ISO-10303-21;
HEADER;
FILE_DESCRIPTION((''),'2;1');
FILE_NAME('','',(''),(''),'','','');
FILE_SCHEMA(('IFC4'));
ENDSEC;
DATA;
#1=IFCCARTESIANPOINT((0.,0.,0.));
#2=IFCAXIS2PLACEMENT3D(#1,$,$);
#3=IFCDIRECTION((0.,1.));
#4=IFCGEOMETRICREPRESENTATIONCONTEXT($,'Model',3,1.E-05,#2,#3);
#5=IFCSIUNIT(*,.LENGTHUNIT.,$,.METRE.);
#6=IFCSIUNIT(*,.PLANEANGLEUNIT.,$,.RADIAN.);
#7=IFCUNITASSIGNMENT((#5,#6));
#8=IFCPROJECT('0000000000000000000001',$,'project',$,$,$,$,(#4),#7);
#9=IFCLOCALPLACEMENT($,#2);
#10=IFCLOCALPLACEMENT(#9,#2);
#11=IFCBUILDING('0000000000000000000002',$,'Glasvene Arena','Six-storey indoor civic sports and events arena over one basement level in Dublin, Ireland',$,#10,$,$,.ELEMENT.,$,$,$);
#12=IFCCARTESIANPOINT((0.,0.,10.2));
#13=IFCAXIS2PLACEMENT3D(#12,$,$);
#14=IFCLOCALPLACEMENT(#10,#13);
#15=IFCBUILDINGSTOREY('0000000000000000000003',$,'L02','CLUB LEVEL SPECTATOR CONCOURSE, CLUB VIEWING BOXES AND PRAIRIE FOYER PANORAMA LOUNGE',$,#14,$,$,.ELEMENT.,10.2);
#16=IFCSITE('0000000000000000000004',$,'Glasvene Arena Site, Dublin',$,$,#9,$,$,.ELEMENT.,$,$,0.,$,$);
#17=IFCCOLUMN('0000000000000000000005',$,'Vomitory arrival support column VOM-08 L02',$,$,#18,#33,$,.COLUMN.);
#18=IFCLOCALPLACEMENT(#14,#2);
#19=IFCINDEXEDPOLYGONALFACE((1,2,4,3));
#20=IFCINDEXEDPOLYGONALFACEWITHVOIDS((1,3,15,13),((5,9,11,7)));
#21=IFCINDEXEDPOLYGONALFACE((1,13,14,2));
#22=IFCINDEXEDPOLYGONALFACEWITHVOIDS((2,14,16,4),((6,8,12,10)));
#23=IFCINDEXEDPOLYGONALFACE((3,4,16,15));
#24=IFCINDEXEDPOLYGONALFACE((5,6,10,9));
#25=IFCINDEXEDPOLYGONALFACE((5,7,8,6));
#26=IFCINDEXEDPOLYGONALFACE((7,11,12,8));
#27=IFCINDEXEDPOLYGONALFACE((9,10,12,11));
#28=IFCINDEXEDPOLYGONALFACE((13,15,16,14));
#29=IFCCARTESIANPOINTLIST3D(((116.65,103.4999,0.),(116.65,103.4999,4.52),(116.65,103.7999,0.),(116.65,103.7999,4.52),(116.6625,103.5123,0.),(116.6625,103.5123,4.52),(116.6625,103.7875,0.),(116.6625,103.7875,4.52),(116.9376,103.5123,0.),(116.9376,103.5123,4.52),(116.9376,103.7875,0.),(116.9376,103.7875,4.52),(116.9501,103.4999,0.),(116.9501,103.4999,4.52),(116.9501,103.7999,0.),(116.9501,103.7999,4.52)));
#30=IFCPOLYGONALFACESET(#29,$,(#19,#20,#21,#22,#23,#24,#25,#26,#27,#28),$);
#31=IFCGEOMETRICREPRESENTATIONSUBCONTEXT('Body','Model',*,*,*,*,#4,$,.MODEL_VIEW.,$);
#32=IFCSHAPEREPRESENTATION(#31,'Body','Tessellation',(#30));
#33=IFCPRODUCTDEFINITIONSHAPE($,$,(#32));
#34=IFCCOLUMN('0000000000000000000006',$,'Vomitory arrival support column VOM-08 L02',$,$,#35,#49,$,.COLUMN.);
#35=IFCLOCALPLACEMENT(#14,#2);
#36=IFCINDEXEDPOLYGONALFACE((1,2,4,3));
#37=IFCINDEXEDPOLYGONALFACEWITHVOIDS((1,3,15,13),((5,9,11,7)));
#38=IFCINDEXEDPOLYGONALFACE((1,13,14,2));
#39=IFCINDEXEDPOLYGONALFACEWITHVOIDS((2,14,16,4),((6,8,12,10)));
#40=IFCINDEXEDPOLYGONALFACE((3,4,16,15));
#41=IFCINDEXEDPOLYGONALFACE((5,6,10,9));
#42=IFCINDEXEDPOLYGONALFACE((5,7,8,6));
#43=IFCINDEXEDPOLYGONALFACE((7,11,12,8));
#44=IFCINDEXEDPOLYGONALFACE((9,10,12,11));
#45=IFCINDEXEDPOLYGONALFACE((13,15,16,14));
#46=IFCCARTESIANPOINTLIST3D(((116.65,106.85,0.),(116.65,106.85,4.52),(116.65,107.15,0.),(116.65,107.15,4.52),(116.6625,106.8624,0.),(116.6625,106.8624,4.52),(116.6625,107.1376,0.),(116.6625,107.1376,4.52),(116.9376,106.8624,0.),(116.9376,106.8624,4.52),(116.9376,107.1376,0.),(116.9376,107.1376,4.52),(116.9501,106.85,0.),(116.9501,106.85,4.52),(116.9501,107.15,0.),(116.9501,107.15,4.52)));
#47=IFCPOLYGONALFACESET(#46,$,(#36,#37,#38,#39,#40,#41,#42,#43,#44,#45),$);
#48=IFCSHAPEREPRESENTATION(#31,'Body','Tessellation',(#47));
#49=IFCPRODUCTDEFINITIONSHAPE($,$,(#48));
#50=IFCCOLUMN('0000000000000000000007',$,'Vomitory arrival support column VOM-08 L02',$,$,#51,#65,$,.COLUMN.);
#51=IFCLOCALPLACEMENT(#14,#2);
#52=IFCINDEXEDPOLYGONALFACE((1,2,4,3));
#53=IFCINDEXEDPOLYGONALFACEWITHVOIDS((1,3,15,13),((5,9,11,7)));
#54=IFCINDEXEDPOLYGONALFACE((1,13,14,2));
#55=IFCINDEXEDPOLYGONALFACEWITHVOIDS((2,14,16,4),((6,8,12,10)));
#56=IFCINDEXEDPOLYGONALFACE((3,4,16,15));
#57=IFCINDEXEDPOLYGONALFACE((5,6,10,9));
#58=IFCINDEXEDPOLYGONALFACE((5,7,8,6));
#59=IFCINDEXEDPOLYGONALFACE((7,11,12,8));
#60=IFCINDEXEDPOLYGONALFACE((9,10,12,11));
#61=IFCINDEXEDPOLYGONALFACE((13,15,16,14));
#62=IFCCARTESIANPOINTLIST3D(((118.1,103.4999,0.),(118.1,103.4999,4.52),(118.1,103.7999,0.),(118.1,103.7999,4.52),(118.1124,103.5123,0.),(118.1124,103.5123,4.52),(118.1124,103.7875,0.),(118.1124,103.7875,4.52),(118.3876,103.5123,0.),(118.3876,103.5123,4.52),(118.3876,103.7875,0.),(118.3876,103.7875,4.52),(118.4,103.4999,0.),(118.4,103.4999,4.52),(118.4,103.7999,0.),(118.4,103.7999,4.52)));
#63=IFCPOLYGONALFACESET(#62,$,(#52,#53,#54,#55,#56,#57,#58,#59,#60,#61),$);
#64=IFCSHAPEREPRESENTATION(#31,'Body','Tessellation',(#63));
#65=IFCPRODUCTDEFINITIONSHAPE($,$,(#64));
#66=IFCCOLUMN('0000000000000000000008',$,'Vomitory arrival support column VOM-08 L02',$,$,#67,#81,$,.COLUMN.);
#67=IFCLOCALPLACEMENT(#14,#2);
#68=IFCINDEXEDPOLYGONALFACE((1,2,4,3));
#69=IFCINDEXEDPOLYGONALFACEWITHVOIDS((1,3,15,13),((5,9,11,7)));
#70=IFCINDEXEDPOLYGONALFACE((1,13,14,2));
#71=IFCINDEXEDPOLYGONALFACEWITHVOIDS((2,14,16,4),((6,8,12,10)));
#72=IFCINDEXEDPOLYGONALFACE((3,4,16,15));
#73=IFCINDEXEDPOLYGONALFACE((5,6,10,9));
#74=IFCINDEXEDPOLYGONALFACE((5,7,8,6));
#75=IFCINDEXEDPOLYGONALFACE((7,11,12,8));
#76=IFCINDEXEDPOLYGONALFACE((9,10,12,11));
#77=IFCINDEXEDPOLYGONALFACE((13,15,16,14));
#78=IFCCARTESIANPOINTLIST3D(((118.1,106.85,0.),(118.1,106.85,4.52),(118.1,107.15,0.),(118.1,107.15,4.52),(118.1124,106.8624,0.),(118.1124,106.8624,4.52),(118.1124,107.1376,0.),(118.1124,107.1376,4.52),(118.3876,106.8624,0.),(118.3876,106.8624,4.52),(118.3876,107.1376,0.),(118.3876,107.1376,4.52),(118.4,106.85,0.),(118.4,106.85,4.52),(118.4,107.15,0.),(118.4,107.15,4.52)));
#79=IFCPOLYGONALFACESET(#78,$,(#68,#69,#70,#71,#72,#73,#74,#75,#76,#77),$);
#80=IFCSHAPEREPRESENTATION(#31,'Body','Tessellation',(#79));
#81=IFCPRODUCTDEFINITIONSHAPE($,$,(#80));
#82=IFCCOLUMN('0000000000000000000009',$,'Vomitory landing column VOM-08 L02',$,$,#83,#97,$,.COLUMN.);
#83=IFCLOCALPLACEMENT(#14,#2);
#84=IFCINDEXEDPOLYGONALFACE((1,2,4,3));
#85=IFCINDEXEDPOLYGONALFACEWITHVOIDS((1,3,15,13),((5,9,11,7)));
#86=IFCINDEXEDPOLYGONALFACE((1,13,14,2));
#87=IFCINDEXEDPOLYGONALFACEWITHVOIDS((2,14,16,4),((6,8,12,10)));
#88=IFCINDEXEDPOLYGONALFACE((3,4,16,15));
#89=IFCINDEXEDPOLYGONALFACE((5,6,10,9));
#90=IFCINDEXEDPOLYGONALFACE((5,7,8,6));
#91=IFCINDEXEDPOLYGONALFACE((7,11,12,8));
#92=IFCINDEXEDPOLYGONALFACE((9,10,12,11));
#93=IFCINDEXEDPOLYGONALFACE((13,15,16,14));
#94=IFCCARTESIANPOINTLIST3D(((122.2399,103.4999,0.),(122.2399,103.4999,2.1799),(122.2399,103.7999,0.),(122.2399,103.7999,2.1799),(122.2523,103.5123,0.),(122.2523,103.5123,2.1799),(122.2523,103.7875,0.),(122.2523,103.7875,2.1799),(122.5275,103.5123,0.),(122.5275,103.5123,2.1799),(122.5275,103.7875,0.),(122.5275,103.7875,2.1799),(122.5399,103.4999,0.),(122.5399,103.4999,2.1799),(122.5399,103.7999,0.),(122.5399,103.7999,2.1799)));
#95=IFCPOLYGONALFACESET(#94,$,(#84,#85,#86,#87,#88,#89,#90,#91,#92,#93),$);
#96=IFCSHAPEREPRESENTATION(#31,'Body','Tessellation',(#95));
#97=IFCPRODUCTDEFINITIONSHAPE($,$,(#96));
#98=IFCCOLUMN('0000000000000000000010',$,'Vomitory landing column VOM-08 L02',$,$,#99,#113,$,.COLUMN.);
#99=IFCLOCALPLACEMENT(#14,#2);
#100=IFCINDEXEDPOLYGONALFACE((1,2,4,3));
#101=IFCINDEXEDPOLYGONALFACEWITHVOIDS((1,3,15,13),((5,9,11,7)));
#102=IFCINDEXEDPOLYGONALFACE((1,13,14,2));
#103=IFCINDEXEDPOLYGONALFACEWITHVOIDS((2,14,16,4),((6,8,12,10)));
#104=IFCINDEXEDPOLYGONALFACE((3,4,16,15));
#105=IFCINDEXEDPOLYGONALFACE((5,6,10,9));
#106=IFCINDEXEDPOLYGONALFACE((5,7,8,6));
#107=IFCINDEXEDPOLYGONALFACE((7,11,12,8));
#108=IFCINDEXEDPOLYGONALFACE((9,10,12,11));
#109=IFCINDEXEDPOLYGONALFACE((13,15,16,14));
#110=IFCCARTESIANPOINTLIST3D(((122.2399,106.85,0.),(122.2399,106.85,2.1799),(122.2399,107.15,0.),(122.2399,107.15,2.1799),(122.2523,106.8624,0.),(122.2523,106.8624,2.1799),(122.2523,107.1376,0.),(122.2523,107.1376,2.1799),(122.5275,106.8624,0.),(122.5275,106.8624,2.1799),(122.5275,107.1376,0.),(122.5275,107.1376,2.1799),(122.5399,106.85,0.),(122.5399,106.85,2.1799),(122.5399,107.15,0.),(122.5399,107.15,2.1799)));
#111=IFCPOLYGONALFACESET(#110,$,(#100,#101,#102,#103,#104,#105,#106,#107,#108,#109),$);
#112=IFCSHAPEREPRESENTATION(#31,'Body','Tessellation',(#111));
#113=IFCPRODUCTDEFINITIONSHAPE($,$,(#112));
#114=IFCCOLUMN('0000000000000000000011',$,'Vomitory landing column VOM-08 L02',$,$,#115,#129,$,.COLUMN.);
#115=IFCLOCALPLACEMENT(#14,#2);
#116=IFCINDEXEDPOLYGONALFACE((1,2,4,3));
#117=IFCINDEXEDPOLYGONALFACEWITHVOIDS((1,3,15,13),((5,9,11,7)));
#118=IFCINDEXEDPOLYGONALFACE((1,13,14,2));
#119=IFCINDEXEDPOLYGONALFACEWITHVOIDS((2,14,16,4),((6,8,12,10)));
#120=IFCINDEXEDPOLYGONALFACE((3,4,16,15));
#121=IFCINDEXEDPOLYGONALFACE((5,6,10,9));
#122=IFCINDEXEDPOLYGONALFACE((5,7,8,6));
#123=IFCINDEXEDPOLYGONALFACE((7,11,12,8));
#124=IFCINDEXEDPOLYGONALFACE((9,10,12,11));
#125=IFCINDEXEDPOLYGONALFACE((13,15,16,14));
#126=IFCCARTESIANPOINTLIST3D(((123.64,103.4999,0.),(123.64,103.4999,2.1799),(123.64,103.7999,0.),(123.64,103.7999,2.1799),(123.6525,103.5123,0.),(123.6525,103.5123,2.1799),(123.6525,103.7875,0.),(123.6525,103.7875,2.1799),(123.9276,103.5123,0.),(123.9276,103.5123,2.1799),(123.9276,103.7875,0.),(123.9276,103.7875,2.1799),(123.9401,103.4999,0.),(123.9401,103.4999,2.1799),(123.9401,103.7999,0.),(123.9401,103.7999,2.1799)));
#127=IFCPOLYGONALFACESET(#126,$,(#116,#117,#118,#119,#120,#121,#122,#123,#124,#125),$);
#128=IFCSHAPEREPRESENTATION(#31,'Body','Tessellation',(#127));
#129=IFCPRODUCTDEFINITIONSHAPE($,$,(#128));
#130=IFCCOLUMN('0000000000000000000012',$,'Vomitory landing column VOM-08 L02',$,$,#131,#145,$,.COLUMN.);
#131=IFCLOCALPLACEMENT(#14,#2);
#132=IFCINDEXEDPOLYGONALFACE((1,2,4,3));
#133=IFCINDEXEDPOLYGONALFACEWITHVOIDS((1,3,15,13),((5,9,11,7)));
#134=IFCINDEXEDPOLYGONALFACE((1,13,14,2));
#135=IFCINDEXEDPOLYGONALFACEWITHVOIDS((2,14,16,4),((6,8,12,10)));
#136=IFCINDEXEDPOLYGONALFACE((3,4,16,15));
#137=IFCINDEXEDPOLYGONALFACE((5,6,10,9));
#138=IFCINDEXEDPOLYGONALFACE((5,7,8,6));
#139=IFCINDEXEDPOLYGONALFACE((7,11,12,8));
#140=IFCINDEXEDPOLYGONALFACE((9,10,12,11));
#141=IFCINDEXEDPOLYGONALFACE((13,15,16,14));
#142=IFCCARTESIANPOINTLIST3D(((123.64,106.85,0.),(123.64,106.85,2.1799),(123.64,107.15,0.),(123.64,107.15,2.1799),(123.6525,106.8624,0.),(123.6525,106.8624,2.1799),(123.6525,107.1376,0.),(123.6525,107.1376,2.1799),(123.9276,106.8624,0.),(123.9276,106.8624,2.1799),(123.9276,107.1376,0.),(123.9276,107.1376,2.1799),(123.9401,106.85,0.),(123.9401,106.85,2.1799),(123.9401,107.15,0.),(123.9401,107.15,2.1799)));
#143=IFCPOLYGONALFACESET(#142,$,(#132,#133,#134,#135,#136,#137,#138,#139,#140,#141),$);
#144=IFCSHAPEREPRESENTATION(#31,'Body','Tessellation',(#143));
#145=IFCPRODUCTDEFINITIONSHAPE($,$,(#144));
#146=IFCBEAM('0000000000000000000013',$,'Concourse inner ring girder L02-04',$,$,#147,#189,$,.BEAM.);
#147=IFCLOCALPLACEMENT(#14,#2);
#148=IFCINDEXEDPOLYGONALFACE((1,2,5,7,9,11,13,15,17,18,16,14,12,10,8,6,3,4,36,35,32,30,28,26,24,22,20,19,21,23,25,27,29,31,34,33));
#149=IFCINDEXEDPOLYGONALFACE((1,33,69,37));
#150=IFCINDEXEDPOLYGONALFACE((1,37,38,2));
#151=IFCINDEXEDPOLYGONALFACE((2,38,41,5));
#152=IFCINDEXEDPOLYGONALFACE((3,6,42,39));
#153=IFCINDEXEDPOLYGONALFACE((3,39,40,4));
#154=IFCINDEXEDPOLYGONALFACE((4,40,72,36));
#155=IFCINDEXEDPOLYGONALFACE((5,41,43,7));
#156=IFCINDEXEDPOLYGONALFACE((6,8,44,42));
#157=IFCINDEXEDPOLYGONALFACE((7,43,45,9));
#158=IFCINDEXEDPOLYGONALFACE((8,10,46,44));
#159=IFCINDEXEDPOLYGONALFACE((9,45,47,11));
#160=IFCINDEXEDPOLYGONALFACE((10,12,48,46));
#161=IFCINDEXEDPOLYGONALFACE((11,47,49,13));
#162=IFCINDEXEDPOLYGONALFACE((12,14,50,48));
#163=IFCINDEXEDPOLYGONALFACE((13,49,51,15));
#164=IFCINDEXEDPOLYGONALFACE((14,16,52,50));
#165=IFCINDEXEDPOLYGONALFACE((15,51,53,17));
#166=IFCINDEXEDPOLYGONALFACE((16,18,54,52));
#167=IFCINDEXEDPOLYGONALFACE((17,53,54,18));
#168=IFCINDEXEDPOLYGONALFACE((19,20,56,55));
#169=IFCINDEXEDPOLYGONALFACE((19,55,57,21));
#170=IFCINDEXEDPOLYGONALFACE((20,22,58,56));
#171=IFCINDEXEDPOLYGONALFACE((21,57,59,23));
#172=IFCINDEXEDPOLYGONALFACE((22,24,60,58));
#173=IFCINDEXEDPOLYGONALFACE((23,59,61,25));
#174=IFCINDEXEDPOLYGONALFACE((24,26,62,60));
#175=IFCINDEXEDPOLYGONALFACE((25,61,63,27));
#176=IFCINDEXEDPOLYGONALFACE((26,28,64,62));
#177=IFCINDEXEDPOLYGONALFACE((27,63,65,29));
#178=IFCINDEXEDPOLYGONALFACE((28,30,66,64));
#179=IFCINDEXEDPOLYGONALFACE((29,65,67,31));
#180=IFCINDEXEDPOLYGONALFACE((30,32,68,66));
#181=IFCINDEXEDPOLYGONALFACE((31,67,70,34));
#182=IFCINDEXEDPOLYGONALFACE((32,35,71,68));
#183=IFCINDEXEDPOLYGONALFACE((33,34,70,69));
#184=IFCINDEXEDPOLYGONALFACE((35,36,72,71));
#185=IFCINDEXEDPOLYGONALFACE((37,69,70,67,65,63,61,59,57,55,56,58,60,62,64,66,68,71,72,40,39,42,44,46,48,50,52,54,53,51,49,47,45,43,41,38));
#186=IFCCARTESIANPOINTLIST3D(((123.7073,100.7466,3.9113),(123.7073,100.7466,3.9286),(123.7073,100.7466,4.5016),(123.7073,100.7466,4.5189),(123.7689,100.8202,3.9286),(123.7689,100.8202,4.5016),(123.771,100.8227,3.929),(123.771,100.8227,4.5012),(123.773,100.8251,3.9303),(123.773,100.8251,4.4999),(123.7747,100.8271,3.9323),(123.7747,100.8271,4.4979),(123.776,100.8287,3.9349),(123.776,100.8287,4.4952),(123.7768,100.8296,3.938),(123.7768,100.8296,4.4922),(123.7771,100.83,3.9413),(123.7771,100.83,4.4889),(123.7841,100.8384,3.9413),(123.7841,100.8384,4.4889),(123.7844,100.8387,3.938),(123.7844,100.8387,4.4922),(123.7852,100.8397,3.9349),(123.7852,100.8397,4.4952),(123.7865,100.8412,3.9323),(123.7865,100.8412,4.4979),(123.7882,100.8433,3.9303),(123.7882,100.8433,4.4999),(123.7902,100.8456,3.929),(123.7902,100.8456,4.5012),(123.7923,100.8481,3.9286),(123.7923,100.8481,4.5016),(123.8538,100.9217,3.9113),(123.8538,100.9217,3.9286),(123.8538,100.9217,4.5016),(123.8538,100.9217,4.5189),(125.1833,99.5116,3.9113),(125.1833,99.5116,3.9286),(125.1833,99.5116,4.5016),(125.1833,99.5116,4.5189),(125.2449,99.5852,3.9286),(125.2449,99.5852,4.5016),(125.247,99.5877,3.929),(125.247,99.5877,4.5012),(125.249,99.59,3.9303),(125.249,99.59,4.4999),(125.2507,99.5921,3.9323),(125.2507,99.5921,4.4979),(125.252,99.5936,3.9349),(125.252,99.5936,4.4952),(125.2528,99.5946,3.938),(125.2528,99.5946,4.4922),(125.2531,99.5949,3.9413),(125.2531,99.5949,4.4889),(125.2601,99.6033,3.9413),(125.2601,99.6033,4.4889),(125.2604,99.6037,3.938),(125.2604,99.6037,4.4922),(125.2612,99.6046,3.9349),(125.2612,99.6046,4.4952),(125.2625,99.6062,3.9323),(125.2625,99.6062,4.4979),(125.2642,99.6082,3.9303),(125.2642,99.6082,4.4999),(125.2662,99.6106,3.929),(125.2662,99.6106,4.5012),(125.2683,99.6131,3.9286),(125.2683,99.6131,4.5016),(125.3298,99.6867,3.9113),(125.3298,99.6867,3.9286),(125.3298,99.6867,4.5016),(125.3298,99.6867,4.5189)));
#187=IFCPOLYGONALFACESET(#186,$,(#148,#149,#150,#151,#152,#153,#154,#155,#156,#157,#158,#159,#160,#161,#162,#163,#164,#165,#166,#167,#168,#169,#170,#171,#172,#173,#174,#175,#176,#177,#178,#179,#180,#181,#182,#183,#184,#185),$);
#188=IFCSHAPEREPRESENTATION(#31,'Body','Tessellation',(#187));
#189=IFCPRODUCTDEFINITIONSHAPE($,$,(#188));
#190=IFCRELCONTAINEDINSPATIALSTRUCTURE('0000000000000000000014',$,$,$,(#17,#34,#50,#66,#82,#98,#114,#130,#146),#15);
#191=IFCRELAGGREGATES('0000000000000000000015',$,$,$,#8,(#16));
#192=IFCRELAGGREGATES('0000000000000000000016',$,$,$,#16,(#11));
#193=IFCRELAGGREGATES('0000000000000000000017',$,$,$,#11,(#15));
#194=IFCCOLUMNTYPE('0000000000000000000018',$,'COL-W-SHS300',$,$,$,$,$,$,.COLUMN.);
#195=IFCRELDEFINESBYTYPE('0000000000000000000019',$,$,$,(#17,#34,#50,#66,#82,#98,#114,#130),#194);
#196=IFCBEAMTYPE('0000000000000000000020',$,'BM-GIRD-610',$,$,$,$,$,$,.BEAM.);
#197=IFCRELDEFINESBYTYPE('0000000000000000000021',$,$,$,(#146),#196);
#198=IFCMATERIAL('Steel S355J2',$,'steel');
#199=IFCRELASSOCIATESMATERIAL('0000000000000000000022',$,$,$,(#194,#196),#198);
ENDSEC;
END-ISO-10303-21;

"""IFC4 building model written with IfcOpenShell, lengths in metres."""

from ifc_helpers import new_model, si_unit, direction, frame, origin, origin_2d, place, context, subcontext, project, spatial, hollow_rectangle, i_section, extrude, material, material_profile, profile_set, type_object, element, save


model = new_model("IFC4")

# Units and contexts
model_context = context("Model", 3, precision=1e-05, world=origin(), true_north=direction((0.0, 1.0)))
body_context = subcontext(model_context, "Body", "Model", "MODEL_VIEW")
ifc_project = project(units=[si_unit("LENGTHUNIT", "METRE"), si_unit("PLANEANGLEUNIT", "RADIAN")], contexts=[model_context])

# Site, building, storey
site_placement = place(None, origin())
site = spatial("IfcSite", under=ifc_project, at=site_placement, Name="Glasvene Arena Site, Dublin", CompositionType="ELEMENT", RefElevation=0.0)
building_placement = place(site_placement, origin())
building = spatial("IfcBuilding", under=site, at=building_placement, Name="Glasvene Arena", Description="Six-storey indoor civic sports and events arena over one basement level in Dublin, Ireland", CompositionType="ELEMENT")
storey_placement = place(building_placement, frame((0.0, 0.0, 10.2)))
storey = spatial("IfcBuildingStorey", under=building, at=storey_placement, Name="L02", Description="CLUB LEVEL SPECTATOR CONCOURSE, CLUB VIEWING BOXES AND PRAIRIE FOYER PANORAMA LOUNGE", CompositionType="ELEMENT", Elevation=10.2)

# Columns
ifc_material_1 = material(Name="Steel S355J2", Category="steel")
ifc_material_profile_1 = material_profile(ifc_material_1, hollow_rectangle(XDim=0.3, YDim=0.3, WallThickness=0.0125, at=origin_2d()), Name="SHS 300x300x12.5")
ifc_profile_set_1 = profile_set([ifc_material_profile_1], Name="Steel S355J2")
column_type_1 = type_object("IfcColumnType", Name="COL-W-SHS300", PredefinedType="COLUMN", material=ifc_profile_set_1)
for number, where, z_axis, x_axis, name in (
    (1, (116.8, 103.6499, 0.0), (0.0, 0.0, 1.0), (1.0, 0.0, 0.0), "Vomitory arrival support column VOM-08 L02"),
    (2, (116.8, 107.0, 0.0), (0.0, 0.0, 1.0), (1.0, 0.0, 0.0), "Vomitory arrival support column VOM-08 L02"),
    (3, (118.25, 103.6499, 0.0), (0.0, 0.0, 1.0), (1.0, 0.0, 0.0), "Vomitory arrival support column VOM-08 L02"),
    (4, (118.25, 107.0, 0.0), (0.0, 0.0, 1.0), (1.0, 0.0, 0.0), "Vomitory arrival support column VOM-08 L02"),
):
    element("IfcColumn", number, at=place(storey_placement, frame(where, z_axis=z_axis, x_axis=x_axis)), inside=storey, type_object=column_type_1, Name=name, PredefinedType="COLUMN", context=body_context, shape_type="SweptSolid", body=[
        extrude(hollow_rectangle(XDim=0.3, YDim=0.3, WallThickness=0.0125, at=origin_2d()), origin(), (0.0, 0.0, 1.0), 4.52),
    ])
for number, where, z_axis, x_axis, name in (
    (5, (122.3899, 103.6499, 0.0), (0.0, 0.0, 1.0), (1.0, 0.0, 0.0), "Vomitory landing column VOM-08 L02"),
    (6, (122.3899, 107.0, 0.0), (0.0, 0.0, 1.0), (1.0, 0.0, 0.0), "Vomitory landing column VOM-08 L02"),
    (7, (123.79, 103.6499, 0.0), (0.0, 0.0, 1.0), (1.0, 0.0, 0.0), "Vomitory landing column VOM-08 L02"),
    (8, (123.79, 107.0, 0.0), (0.0, 0.0, 1.0), (1.0, 0.0, 0.0), "Vomitory landing column VOM-08 L02"),
):
    element("IfcColumn", number, at=place(storey_placement, frame(where, z_axis=z_axis, x_axis=x_axis)), inside=storey, type_object=column_type_1, Name=name, PredefinedType="COLUMN", context=body_context, shape_type="SweptSolid", body=[
        extrude(hollow_rectangle(XDim=0.3, YDim=0.3, WallThickness=0.0125, at=origin_2d()), origin(), (0.0, 0.0, 1.0), 2.1799),
    ])

# Beam
ifc_material_profile_2 = material_profile(ifc_material_1, i_section(OverallWidth=0.2283, OverallDepth=0.6077, WebThickness=0.011, FlangeThickness=0.0173, FilletRadius=0.0127, at=origin_2d()), Name="UKB 610x229x113")
ifc_profile_set_2 = profile_set([ifc_material_profile_2], Name="Steel S355J2")
beam_type_1 = type_object("IfcBeamType", Name="BM-GIRD-610", PredefinedType="BEAM", material=ifc_profile_set_2)
beam_1_placement = place(storey_placement, frame((125.2566, 99.5991, 4.2151), z_axis=(-0.76693, 0.64173, 0.0), x_axis=(-0.64173, -0.76693, 0.0)))
element("IfcBeam", 9, at=beam_1_placement, inside=storey, type_object=beam_type_1, Name="Concourse inner ring girder L02-04", PredefinedType="BEAM", context=body_context, shape_type="SweptSolid", body=[
    extrude(i_section(OverallWidth=0.2283, OverallDepth=0.6077, WebThickness=0.011, FlangeThickness=0.0173, FilletRadius=0.0127, at=origin_2d()), origin(), (0.0, 0.0, 1.0), 1.9246),
])

save(model, "model.ifc")
